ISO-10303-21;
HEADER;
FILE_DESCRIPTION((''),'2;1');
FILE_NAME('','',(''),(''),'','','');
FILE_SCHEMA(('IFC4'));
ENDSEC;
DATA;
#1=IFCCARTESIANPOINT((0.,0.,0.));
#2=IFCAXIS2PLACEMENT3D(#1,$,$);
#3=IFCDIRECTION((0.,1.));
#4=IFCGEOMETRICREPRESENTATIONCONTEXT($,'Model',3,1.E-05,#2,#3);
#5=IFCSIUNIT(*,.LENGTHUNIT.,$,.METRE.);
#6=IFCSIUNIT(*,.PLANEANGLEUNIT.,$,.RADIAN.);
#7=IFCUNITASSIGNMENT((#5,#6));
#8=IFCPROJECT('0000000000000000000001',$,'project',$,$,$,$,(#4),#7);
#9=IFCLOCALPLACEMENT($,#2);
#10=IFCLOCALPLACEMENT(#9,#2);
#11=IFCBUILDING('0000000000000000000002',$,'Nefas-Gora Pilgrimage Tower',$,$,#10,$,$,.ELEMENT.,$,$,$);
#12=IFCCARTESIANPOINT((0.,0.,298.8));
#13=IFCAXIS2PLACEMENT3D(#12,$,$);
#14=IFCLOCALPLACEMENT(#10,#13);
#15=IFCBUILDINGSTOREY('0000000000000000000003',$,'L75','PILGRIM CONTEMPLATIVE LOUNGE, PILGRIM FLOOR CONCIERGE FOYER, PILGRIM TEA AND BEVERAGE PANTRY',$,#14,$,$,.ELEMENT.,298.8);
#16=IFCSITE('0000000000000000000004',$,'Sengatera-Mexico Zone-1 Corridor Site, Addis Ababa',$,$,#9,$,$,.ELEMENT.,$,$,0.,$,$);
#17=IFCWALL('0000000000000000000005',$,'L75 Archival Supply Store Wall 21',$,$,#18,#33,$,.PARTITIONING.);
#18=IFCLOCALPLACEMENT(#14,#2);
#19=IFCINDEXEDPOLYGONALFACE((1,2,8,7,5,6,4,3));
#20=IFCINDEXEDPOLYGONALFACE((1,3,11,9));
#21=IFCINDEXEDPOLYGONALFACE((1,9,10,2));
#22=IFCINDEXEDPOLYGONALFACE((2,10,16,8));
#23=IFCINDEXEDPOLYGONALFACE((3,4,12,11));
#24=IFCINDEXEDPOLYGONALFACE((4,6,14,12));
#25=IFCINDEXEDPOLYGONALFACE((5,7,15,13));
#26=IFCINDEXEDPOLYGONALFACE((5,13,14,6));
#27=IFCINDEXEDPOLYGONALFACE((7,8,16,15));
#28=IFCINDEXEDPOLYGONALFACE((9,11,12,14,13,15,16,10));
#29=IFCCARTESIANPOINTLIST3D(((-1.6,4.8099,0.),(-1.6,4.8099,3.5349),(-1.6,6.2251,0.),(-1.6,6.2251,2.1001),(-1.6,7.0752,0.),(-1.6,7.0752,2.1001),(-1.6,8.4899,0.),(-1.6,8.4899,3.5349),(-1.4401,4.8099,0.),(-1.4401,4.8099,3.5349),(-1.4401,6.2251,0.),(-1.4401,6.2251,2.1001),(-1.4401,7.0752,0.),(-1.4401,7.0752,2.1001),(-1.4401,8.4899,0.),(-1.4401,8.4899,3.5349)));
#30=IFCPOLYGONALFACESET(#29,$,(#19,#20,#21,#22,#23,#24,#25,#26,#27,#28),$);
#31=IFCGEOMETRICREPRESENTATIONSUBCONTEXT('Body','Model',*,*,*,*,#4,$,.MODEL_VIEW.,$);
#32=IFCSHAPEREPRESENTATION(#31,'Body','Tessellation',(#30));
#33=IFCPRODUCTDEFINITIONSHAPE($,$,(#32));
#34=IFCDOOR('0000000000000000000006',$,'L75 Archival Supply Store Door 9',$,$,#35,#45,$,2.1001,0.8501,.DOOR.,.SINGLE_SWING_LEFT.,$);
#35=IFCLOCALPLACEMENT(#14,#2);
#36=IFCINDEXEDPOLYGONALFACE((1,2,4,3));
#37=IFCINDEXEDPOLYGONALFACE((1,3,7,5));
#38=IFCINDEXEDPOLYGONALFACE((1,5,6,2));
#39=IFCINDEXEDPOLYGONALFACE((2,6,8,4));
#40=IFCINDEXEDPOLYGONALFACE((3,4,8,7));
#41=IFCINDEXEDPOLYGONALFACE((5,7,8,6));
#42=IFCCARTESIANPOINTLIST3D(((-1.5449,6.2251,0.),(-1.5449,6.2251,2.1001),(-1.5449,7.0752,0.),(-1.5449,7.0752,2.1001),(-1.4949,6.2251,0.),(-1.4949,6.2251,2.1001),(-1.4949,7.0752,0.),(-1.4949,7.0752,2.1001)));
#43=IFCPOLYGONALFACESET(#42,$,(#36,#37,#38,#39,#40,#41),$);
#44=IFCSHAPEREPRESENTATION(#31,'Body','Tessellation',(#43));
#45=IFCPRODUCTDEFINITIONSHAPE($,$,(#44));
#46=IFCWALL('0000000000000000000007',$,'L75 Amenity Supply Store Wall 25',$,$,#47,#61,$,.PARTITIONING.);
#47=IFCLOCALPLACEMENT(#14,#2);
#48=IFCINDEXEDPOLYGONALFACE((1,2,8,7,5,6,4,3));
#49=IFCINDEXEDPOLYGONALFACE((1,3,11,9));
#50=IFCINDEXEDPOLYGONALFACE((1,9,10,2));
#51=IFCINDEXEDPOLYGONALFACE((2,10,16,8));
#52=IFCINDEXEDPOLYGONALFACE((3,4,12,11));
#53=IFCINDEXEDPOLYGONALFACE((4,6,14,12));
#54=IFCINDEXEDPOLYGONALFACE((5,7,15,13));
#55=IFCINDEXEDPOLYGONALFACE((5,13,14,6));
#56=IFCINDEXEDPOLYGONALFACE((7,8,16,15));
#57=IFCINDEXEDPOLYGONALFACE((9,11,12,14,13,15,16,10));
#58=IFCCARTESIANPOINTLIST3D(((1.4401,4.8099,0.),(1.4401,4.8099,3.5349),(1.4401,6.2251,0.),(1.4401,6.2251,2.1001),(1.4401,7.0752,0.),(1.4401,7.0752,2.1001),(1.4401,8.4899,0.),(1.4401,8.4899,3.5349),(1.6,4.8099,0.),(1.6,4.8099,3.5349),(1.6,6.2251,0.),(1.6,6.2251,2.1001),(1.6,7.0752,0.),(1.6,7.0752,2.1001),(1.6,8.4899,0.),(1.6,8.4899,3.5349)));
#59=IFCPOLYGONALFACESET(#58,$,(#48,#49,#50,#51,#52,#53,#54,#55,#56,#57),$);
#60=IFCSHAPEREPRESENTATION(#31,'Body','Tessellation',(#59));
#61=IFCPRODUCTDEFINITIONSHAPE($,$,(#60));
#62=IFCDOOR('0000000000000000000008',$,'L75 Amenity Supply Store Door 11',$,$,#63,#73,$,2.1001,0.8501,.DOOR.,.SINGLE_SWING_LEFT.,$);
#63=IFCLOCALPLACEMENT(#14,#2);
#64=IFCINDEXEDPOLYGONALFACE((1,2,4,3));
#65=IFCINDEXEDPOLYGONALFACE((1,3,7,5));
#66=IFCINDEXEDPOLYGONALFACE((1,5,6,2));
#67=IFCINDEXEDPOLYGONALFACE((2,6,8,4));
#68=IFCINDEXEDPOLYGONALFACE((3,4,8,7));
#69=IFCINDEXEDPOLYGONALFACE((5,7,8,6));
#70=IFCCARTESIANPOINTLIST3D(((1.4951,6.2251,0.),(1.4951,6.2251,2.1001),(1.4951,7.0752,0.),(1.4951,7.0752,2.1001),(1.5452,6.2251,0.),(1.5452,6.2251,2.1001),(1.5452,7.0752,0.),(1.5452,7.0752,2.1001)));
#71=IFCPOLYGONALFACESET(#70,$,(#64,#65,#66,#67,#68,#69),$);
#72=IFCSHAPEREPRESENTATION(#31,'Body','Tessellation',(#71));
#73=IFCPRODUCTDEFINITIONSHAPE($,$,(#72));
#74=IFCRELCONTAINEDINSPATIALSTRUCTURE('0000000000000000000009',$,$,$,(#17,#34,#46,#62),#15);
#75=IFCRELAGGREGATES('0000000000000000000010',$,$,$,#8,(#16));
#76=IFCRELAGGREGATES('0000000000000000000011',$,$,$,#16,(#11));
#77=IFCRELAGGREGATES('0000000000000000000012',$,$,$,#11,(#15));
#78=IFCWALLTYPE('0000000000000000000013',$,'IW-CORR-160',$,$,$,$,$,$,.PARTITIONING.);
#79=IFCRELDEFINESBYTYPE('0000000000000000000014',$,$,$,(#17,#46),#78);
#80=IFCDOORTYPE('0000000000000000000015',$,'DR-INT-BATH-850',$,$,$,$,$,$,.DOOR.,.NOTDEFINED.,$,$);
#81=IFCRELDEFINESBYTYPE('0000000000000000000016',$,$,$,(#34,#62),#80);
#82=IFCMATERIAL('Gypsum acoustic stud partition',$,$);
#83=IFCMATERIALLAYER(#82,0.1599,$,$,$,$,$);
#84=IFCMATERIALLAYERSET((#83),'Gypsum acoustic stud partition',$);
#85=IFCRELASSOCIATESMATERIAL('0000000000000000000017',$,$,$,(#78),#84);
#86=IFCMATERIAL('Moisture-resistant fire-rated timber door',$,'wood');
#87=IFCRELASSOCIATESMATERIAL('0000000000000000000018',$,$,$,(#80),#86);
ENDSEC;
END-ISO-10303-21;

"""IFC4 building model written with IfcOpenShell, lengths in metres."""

from ifc_helpers import new_model, si_unit, direction, frame, frame_2d, origin, place, context, subcontext, project, spatial, rectangle, extrude, source, transform, mapped, material, layer, layer_set, type_object, element, fill, save


model = new_model("IFC4")

# Units and contexts
model_context = context("Model", 3, precision=1e-05, world=origin(), true_north=direction((0.0, 1.0)))
body_context = subcontext(model_context, "Body", "Model", "MODEL_VIEW")
ifc_project = project(units=[si_unit("LENGTHUNIT", "METRE"), si_unit("PLANEANGLEUNIT", "RADIAN")], contexts=[model_context])

# Site, building, storey
site_placement = place(None, origin())
site = spatial("IfcSite", under=ifc_project, at=site_placement, Name="Sengatera-Mexico Zone-1 Corridor Site, Addis Ababa", CompositionType="ELEMENT", RefElevation=0.0)
building_placement = place(site_placement, origin())
building = spatial("IfcBuilding", under=site, at=building_placement, Name="Nefas-Gora Pilgrimage Tower", CompositionType="ELEMENT")
storey_placement = place(building_placement, frame((0.0, 0.0, 298.8)))
storey = spatial("IfcBuildingStorey", under=building, at=storey_placement, Name="L75", Description="PILGRIM CONTEMPLATIVE LOUNGE, PILGRIM FLOOR CONCIERGE FOYER, PILGRIM TEA AND BEVERAGE PANTRY", CompositionType="ELEMENT", Elevation=298.8)

# Shared definitions
ifc_material_1 = material(Name="Gypsum acoustic stud partition")
ifc_layer_1 = layer(ifc_material_1, 0.1599)
ifc_layer_set_1 = layer_set([ifc_layer_1], Name="Gypsum acoustic stud partition")
wall_type_1 = type_object("IfcWallType", Name="IW-CORR-160", PredefinedType="PARTITIONING", material=ifc_layer_set_1)

# Walls, openings, doors
ifc_material_2 = material(Name="Moisture-resistant fire-rated timber door", Category="wood")
door_type_1 = type_object("IfcDoorType", Name="DR-INT-BATH-850", OperationType="NOTDEFINED", PredefinedType="DOOR", material=ifc_material_2)
shared_shape_1 = source(origin(), body_context, "Body", "SweptSolid", [
    extrude(rectangle(XDim=0.8501, YDim=2.1001, at=frame_2d((0.425, 1.05))), frame((0.0, 0.0249, 0.0), z_axis=(0.0, -1.0, 0.0), x_axis=(1.0, 0.0, 0.0)), (0.0, 0.0, 1.0), 0.05),
])
shared_shape_2 = source(origin(), body_context, "Body", "SweptSolid", [
    extrude(rectangle(XDim=3.6799, YDim=0.1599, at=frame_2d((1.8398, 0.0))), origin(), (0.0, 0.0, 1.0), 3.5349),
])
wall_1_placement = place(storey_placement, frame((-1.52, 4.8101, 0.0), z_axis=(0.0, 0.0, 1.0), x_axis=(0.0, 1.0, 0.0)))
wall_1 = element("IfcWall", 1, at=wall_1_placement, inside=storey, type_object=wall_type_1, Name="L75 Archival Supply Store Wall 21", PredefinedType="PARTITIONING", context=body_context, shape_type="MappedRepresentation", body=[
    mapped(shared_shape_2, transform((0.0, 0.0, 0.0), x_axis=(1.0, 0.0, 0.0), y_axis=(0.0, 1.0, 0.0), z_axis=(0.0, 0.0, 1.0), scale=1.0)),
])
opening_1_placement = place(wall_1_placement, frame((1.415, 0.0, 0.0)))
opening_1 = element("IfcOpeningElement", 2, at=opening_1_placement, cuts=wall_1, PredefinedType="OPENING", context=body_context, shape_type="SweptSolid", body=[
    extrude(rectangle(XDim=0.8501, YDim=2.1001, at=frame_2d((0.425, 1.05))), frame((0.0, 0.0898, 0.0), z_axis=(0.0, -1.0, 0.0), x_axis=(1.0, 0.0, 0.0)), (0.0, 0.0, 1.0), 0.1799),
])
door_1_placement = place(opening_1_placement, origin())
door_1 = element("IfcDoor", 3, at=door_1_placement, inside=storey, type_object=door_type_1, Name="L75 Archival Supply Store Door 9", OperationType="SINGLE_SWING_LEFT", OverallHeight=2.1001, OverallWidth=0.8501, PredefinedType="DOOR", context=body_context, shape_type="MappedRepresentation", body=[
    mapped(shared_shape_1, transform((0.0, 0.0, 0.0), x_axis=(1.0, 0.0, 0.0), y_axis=(0.0, 1.0, 0.0), z_axis=(0.0, 0.0, 1.0), scale=1.0)),
])
fill(opening_1, door_1)
wall_2_placement = place(storey_placement, frame((1.52, 4.8101, 0.0), z_axis=(0.0, 0.0, 1.0), x_axis=(0.0, 1.0, 0.0)))
wall_2 = element("IfcWall", 4, at=wall_2_placement, inside=storey, type_object=wall_type_1, Name="L75 Amenity Supply Store Wall 25", PredefinedType="PARTITIONING", context=body_context, shape_type="MappedRepresentation", body=[
    mapped(shared_shape_2, transform((0.0, 0.0, 0.0), x_axis=(1.0, 0.0, 0.0), y_axis=(0.0, 1.0, 0.0), z_axis=(0.0, 0.0, 1.0), scale=1.0)),
])
opening_2_placement = place(wall_2_placement, frame((1.415, 0.0, 0.0)))
opening_2 = element("IfcOpeningElement", 5, at=opening_2_placement, cuts=wall_2, PredefinedType="OPENING", context=body_context, shape_type="SweptSolid", body=[
    extrude(rectangle(XDim=0.8501, YDim=2.1001, at=frame_2d((0.425, 1.05))), frame((0.0, 0.0898, 0.0), z_axis=(0.0, -1.0, 0.0), x_axis=(1.0, 0.0, 0.0)), (0.0, 0.0, 1.0), 0.1799),
])
door_2_placement = place(opening_2_placement, origin())
door_2 = element("IfcDoor", 6, at=door_2_placement, inside=storey, type_object=door_type_1, Name="L75 Amenity Supply Store Door 11", OperationType="SINGLE_SWING_LEFT", OverallHeight=2.1001, OverallWidth=0.8501, PredefinedType="DOOR", context=body_context, shape_type="MappedRepresentation", body=[
    mapped(shared_shape_1, transform((0.0, 0.0, 0.0), x_axis=(1.0, 0.0, 0.0), y_axis=(0.0, 1.0, 0.0), z_axis=(0.0, 0.0, 1.0), scale=1.0)),
])
fill(opening_2, door_2)

save(model, "model.ifc")
